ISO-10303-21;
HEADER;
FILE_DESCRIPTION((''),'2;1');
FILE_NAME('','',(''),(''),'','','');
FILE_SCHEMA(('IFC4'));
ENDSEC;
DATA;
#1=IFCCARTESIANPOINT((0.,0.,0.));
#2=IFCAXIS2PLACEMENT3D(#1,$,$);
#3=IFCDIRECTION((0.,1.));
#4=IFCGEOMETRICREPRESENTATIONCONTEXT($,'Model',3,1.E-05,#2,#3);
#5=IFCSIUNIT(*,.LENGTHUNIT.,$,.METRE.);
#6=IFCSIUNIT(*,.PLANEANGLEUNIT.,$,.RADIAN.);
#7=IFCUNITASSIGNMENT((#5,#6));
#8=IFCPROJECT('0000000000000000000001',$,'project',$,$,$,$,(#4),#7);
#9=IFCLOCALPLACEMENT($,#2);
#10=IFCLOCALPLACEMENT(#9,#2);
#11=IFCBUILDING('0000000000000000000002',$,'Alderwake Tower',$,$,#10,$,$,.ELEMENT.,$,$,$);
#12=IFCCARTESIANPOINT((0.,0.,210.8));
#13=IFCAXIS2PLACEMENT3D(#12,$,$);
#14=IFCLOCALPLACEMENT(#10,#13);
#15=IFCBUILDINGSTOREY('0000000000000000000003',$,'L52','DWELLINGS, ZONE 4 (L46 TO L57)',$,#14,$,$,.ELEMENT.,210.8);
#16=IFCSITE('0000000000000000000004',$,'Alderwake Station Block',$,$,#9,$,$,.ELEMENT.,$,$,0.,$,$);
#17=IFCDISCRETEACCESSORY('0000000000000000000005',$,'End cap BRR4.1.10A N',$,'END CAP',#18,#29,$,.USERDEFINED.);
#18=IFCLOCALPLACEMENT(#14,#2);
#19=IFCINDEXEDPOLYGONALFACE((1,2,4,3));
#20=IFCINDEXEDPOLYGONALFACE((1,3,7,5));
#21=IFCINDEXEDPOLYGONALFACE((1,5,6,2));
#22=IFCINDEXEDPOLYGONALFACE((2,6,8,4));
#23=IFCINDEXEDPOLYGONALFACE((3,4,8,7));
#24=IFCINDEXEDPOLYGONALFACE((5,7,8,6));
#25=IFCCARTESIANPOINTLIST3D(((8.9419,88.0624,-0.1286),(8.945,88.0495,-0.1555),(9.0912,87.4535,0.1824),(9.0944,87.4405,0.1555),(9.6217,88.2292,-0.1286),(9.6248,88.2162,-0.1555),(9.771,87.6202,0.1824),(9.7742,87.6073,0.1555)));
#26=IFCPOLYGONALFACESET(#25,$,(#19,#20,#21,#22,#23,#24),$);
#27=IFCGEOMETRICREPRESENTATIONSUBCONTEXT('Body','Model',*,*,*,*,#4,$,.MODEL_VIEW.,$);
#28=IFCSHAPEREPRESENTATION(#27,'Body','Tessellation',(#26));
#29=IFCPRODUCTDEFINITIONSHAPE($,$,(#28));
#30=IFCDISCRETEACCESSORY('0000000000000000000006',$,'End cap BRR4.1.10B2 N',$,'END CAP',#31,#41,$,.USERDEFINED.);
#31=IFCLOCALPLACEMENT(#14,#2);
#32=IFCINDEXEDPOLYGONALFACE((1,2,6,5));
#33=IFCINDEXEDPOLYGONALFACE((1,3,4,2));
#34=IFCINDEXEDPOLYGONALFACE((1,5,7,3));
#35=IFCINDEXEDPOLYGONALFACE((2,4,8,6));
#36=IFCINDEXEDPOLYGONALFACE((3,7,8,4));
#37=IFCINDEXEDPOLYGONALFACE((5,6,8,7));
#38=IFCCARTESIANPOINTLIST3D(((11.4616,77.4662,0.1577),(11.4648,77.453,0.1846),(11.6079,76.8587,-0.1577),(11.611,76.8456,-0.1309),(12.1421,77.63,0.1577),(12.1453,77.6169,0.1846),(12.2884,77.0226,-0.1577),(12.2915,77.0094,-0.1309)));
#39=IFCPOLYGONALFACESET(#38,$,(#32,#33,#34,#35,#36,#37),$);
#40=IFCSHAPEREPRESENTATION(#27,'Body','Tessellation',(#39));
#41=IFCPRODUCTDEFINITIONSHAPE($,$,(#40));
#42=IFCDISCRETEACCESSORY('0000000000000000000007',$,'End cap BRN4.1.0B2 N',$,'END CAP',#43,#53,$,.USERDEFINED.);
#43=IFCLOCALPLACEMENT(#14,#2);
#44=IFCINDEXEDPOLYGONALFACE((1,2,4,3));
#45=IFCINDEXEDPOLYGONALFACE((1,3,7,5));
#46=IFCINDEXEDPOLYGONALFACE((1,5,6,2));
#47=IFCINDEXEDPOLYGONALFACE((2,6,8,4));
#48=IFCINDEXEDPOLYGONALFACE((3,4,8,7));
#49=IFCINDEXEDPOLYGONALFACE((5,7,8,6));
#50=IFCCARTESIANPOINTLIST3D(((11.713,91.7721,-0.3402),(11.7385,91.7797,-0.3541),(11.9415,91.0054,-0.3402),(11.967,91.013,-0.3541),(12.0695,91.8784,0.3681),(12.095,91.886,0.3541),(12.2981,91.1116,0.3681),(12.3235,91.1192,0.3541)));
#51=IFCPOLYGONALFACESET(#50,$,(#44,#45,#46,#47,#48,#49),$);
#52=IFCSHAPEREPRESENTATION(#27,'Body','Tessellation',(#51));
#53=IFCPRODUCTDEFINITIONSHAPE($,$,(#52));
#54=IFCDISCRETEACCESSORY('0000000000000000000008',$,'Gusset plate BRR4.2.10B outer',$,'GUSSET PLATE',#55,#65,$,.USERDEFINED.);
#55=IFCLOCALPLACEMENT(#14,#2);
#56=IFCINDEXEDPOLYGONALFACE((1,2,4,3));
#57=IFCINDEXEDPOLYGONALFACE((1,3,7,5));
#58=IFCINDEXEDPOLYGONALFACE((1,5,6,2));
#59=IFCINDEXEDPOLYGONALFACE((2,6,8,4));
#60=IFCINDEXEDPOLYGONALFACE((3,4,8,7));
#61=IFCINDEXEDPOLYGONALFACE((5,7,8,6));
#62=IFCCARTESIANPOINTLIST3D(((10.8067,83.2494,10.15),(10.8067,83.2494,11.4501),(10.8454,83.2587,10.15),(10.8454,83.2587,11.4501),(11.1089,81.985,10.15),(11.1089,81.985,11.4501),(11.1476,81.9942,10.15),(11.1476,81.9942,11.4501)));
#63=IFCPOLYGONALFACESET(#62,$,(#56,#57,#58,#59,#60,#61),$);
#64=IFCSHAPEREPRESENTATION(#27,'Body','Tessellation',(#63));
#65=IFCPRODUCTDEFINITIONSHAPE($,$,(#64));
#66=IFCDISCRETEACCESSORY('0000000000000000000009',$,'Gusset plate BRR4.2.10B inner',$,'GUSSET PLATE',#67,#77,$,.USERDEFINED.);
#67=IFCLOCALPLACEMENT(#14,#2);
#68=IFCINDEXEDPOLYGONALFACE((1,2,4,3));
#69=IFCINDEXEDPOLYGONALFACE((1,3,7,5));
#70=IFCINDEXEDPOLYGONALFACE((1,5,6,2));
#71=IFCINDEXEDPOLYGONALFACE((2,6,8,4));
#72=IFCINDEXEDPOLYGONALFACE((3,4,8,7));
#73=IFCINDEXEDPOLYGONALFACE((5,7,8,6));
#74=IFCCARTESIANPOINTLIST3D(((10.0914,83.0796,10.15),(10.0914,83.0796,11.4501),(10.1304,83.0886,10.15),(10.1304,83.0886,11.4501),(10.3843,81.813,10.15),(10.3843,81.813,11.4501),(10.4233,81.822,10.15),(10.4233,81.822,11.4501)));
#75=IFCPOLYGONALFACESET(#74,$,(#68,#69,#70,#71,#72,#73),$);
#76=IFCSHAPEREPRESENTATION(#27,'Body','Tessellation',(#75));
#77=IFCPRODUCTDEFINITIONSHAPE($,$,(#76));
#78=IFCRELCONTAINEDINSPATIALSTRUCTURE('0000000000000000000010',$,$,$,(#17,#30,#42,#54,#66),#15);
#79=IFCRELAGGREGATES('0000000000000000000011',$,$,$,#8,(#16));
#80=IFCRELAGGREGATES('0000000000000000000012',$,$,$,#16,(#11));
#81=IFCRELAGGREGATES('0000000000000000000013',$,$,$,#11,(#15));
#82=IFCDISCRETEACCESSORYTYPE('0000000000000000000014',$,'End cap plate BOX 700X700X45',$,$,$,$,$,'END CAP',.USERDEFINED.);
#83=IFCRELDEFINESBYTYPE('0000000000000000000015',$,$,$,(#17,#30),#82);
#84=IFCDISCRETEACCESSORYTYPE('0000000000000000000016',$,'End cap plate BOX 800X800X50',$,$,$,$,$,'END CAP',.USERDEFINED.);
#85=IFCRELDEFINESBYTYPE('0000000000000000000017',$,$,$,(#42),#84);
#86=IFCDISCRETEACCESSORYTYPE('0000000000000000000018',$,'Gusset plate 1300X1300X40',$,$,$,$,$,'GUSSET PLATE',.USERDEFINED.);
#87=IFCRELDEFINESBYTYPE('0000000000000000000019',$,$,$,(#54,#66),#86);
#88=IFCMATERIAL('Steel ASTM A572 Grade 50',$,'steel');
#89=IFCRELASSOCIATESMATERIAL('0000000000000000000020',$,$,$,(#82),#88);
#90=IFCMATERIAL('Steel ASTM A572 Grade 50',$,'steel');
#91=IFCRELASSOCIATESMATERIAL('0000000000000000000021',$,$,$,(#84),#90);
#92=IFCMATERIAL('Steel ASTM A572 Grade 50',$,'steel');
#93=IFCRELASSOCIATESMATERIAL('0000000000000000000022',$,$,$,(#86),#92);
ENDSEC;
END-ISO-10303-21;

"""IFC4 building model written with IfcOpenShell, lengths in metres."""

from ifc_helpers import new_model, si_unit, direction, frame, origin, origin_2d, place, context, subcontext, project, spatial, rectangle, extrude, material, material_profile, profile_set, type_object, element, save


model = new_model("IFC4")

# Units and contexts
model_context = context("Model", 3, precision=1e-05, world=origin(), true_north=direction((0.0, 1.0)))
body_context = subcontext(model_context, "Body", "Model", "MODEL_VIEW")
ifc_project = project(units=[si_unit("LENGTHUNIT", "METRE"), si_unit("PLANEANGLEUNIT", "RADIAN")], contexts=[model_context])

# Site, building, storey
site_placement = place(None, origin())
site = spatial("IfcSite", under=ifc_project, at=site_placement, Name="Alderwake Station Block", CompositionType="ELEMENT", RefElevation=0.0)
building_placement = place(site_placement, origin())
building = spatial("IfcBuilding", under=site, at=building_placement, Name="Alderwake Tower", CompositionType="ELEMENT")
storey_placement = place(building_placement, frame((0.0, 0.0, 210.8)))
storey = spatial("IfcBuildingStorey", under=building, at=storey_placement, Name="L52", Description="DWELLINGS, ZONE 4 (L46 TO L57)", CompositionType="ELEMENT", Elevation=210.8)

# Discrete accessories
ifc_material_1 = material(Name="Steel ASTM A572 Grade 50", Category="steel")
ifc_material_profile_1 = material_profile(ifc_material_1, rectangle(XDim=0.7, YDim=0.7, at=origin_2d()), Name="BOX 700X700X45 cap")
ifc_profile_set_1 = profile_set([ifc_material_profile_1], Name="Steel ASTM A572 Grade 50")
discrete_accessory_type_1 = type_object("IfcDiscreteAccessoryType", Name="End cap plate BOX 700X700X45", ElementType="END CAP", PredefinedType="USERDEFINED", material=ifc_profile_set_1)
for number, where, z_axis, x_axis, name in (
    (1, (9.3596, 87.8284, 0.0), (-0.10587, 0.431622, 0.89582), (-0.971211, -0.238222, 0.0), "End cap BRR4.1.10A N"),
    (2, (11.875, 77.2444, 0.0), (0.105496, -0.438214, 0.892658), (0.972224, 0.234054, 0.0), "End cap BRR4.1.10B2 N"),
):
    element("IfcDiscreteAccessory", number, at=place(storey_placement, frame(where, z_axis=z_axis, x_axis=x_axis)), inside=storey, type_object=discrete_accessory_type_1, Name=name, ObjectType="END CAP", PredefinedType="USERDEFINED", context=body_context, shape_type="SweptSolid", body=[
        extrude(rectangle(XDim=0.7, YDim=0.7, at=origin_2d()), origin(), (0.0, 0.0, 1.0), 0.03),
    ])
ifc_material_2 = material(Name="Steel ASTM A572 Grade 50", Category="steel")
ifc_material_profile_2 = material_profile(ifc_material_2, rectangle(XDim=0.8, YDim=0.8, at=origin_2d()), Name="BOX 800X800X50 cap")
ifc_profile_set_2 = profile_set([ifc_material_profile_2], Name="Steel ASTM A572 Grade 50")
discrete_accessory_type_2 = type_object("IfcDiscreteAccessoryType", Name="End cap plate BOX 800X800X50", ElementType="END CAP", PredefinedType="USERDEFINED", material=ifc_profile_set_2)
discrete_accessory_1_placement = place(storey_placement, frame((12.031, 91.4495, 0.0), z_axis=(-0.848421, -0.252895, 0.465), x_axis=(0.285657, -0.958332, 0.0)))
element("IfcDiscreteAccessory", 3, at=discrete_accessory_1_placement, inside=storey, type_object=discrete_accessory_type_2, Name="End cap BRN4.1.0B2 N", ObjectType="END CAP", PredefinedType="USERDEFINED", context=body_context, shape_type="SweptSolid", body=[
    extrude(rectangle(XDim=0.8, YDim=0.8, at=origin_2d()), origin(), (0.0, 0.0, 1.0), 0.03),
])
ifc_material_3 = material(Name="Steel ASTM A572 Grade 50", Category="steel")
ifc_material_profile_3 = material_profile(ifc_material_3, rectangle(XDim=1.3, YDim=1.3, at=origin_2d()), Name="gusset 1300X1300")
ifc_profile_set_3 = profile_set([ifc_material_profile_3], Name="Steel ASTM A572 Grade 50")
discrete_accessory_type_3 = type_object("IfcDiscreteAccessoryType", Name="Gusset plate 1300X1300X40", ElementType="GUSSET PLATE", PredefinedType="USERDEFINED", material=ifc_profile_set_3)
discrete_accessory_2_placement = place(storey_placement, frame((10.9578, 82.6172, 10.8), z_axis=(0.972609, 0.232447, 0.0), x_axis=(-0.232447, 0.972609, 0.0)))
element("IfcDiscreteAccessory", 4, at=discrete_accessory_2_placement, inside=storey, type_object=discrete_accessory_type_3, Name="Gusset plate BRR4.2.10B outer", ObjectType="GUSSET PLATE", PredefinedType="USERDEFINED", context=body_context, shape_type="SweptSolid", body=[
    extrude(rectangle(XDim=1.3, YDim=1.3, at=origin_2d()), origin(), (0.0, 0.0, 1.0), 0.0398),
])
discrete_accessory_3_placement = place(storey_placement, frame((10.2769, 82.4553, 10.8), z_axis=(-0.974288, -0.225304, 0.0), x_axis=(0.225304, -0.974288, 0.0)))
element("IfcDiscreteAccessory", 5, at=discrete_accessory_3_placement, inside=storey, type_object=discrete_accessory_type_3, Name="Gusset plate BRR4.2.10B inner", ObjectType="GUSSET PLATE", PredefinedType="USERDEFINED", context=body_context, shape_type="SweptSolid", body=[
    extrude(rectangle(XDim=1.3, YDim=1.3, at=origin_2d()), origin(), (0.0, 0.0, 1.0), 0.04),
])

save(model, "model.ifc")
